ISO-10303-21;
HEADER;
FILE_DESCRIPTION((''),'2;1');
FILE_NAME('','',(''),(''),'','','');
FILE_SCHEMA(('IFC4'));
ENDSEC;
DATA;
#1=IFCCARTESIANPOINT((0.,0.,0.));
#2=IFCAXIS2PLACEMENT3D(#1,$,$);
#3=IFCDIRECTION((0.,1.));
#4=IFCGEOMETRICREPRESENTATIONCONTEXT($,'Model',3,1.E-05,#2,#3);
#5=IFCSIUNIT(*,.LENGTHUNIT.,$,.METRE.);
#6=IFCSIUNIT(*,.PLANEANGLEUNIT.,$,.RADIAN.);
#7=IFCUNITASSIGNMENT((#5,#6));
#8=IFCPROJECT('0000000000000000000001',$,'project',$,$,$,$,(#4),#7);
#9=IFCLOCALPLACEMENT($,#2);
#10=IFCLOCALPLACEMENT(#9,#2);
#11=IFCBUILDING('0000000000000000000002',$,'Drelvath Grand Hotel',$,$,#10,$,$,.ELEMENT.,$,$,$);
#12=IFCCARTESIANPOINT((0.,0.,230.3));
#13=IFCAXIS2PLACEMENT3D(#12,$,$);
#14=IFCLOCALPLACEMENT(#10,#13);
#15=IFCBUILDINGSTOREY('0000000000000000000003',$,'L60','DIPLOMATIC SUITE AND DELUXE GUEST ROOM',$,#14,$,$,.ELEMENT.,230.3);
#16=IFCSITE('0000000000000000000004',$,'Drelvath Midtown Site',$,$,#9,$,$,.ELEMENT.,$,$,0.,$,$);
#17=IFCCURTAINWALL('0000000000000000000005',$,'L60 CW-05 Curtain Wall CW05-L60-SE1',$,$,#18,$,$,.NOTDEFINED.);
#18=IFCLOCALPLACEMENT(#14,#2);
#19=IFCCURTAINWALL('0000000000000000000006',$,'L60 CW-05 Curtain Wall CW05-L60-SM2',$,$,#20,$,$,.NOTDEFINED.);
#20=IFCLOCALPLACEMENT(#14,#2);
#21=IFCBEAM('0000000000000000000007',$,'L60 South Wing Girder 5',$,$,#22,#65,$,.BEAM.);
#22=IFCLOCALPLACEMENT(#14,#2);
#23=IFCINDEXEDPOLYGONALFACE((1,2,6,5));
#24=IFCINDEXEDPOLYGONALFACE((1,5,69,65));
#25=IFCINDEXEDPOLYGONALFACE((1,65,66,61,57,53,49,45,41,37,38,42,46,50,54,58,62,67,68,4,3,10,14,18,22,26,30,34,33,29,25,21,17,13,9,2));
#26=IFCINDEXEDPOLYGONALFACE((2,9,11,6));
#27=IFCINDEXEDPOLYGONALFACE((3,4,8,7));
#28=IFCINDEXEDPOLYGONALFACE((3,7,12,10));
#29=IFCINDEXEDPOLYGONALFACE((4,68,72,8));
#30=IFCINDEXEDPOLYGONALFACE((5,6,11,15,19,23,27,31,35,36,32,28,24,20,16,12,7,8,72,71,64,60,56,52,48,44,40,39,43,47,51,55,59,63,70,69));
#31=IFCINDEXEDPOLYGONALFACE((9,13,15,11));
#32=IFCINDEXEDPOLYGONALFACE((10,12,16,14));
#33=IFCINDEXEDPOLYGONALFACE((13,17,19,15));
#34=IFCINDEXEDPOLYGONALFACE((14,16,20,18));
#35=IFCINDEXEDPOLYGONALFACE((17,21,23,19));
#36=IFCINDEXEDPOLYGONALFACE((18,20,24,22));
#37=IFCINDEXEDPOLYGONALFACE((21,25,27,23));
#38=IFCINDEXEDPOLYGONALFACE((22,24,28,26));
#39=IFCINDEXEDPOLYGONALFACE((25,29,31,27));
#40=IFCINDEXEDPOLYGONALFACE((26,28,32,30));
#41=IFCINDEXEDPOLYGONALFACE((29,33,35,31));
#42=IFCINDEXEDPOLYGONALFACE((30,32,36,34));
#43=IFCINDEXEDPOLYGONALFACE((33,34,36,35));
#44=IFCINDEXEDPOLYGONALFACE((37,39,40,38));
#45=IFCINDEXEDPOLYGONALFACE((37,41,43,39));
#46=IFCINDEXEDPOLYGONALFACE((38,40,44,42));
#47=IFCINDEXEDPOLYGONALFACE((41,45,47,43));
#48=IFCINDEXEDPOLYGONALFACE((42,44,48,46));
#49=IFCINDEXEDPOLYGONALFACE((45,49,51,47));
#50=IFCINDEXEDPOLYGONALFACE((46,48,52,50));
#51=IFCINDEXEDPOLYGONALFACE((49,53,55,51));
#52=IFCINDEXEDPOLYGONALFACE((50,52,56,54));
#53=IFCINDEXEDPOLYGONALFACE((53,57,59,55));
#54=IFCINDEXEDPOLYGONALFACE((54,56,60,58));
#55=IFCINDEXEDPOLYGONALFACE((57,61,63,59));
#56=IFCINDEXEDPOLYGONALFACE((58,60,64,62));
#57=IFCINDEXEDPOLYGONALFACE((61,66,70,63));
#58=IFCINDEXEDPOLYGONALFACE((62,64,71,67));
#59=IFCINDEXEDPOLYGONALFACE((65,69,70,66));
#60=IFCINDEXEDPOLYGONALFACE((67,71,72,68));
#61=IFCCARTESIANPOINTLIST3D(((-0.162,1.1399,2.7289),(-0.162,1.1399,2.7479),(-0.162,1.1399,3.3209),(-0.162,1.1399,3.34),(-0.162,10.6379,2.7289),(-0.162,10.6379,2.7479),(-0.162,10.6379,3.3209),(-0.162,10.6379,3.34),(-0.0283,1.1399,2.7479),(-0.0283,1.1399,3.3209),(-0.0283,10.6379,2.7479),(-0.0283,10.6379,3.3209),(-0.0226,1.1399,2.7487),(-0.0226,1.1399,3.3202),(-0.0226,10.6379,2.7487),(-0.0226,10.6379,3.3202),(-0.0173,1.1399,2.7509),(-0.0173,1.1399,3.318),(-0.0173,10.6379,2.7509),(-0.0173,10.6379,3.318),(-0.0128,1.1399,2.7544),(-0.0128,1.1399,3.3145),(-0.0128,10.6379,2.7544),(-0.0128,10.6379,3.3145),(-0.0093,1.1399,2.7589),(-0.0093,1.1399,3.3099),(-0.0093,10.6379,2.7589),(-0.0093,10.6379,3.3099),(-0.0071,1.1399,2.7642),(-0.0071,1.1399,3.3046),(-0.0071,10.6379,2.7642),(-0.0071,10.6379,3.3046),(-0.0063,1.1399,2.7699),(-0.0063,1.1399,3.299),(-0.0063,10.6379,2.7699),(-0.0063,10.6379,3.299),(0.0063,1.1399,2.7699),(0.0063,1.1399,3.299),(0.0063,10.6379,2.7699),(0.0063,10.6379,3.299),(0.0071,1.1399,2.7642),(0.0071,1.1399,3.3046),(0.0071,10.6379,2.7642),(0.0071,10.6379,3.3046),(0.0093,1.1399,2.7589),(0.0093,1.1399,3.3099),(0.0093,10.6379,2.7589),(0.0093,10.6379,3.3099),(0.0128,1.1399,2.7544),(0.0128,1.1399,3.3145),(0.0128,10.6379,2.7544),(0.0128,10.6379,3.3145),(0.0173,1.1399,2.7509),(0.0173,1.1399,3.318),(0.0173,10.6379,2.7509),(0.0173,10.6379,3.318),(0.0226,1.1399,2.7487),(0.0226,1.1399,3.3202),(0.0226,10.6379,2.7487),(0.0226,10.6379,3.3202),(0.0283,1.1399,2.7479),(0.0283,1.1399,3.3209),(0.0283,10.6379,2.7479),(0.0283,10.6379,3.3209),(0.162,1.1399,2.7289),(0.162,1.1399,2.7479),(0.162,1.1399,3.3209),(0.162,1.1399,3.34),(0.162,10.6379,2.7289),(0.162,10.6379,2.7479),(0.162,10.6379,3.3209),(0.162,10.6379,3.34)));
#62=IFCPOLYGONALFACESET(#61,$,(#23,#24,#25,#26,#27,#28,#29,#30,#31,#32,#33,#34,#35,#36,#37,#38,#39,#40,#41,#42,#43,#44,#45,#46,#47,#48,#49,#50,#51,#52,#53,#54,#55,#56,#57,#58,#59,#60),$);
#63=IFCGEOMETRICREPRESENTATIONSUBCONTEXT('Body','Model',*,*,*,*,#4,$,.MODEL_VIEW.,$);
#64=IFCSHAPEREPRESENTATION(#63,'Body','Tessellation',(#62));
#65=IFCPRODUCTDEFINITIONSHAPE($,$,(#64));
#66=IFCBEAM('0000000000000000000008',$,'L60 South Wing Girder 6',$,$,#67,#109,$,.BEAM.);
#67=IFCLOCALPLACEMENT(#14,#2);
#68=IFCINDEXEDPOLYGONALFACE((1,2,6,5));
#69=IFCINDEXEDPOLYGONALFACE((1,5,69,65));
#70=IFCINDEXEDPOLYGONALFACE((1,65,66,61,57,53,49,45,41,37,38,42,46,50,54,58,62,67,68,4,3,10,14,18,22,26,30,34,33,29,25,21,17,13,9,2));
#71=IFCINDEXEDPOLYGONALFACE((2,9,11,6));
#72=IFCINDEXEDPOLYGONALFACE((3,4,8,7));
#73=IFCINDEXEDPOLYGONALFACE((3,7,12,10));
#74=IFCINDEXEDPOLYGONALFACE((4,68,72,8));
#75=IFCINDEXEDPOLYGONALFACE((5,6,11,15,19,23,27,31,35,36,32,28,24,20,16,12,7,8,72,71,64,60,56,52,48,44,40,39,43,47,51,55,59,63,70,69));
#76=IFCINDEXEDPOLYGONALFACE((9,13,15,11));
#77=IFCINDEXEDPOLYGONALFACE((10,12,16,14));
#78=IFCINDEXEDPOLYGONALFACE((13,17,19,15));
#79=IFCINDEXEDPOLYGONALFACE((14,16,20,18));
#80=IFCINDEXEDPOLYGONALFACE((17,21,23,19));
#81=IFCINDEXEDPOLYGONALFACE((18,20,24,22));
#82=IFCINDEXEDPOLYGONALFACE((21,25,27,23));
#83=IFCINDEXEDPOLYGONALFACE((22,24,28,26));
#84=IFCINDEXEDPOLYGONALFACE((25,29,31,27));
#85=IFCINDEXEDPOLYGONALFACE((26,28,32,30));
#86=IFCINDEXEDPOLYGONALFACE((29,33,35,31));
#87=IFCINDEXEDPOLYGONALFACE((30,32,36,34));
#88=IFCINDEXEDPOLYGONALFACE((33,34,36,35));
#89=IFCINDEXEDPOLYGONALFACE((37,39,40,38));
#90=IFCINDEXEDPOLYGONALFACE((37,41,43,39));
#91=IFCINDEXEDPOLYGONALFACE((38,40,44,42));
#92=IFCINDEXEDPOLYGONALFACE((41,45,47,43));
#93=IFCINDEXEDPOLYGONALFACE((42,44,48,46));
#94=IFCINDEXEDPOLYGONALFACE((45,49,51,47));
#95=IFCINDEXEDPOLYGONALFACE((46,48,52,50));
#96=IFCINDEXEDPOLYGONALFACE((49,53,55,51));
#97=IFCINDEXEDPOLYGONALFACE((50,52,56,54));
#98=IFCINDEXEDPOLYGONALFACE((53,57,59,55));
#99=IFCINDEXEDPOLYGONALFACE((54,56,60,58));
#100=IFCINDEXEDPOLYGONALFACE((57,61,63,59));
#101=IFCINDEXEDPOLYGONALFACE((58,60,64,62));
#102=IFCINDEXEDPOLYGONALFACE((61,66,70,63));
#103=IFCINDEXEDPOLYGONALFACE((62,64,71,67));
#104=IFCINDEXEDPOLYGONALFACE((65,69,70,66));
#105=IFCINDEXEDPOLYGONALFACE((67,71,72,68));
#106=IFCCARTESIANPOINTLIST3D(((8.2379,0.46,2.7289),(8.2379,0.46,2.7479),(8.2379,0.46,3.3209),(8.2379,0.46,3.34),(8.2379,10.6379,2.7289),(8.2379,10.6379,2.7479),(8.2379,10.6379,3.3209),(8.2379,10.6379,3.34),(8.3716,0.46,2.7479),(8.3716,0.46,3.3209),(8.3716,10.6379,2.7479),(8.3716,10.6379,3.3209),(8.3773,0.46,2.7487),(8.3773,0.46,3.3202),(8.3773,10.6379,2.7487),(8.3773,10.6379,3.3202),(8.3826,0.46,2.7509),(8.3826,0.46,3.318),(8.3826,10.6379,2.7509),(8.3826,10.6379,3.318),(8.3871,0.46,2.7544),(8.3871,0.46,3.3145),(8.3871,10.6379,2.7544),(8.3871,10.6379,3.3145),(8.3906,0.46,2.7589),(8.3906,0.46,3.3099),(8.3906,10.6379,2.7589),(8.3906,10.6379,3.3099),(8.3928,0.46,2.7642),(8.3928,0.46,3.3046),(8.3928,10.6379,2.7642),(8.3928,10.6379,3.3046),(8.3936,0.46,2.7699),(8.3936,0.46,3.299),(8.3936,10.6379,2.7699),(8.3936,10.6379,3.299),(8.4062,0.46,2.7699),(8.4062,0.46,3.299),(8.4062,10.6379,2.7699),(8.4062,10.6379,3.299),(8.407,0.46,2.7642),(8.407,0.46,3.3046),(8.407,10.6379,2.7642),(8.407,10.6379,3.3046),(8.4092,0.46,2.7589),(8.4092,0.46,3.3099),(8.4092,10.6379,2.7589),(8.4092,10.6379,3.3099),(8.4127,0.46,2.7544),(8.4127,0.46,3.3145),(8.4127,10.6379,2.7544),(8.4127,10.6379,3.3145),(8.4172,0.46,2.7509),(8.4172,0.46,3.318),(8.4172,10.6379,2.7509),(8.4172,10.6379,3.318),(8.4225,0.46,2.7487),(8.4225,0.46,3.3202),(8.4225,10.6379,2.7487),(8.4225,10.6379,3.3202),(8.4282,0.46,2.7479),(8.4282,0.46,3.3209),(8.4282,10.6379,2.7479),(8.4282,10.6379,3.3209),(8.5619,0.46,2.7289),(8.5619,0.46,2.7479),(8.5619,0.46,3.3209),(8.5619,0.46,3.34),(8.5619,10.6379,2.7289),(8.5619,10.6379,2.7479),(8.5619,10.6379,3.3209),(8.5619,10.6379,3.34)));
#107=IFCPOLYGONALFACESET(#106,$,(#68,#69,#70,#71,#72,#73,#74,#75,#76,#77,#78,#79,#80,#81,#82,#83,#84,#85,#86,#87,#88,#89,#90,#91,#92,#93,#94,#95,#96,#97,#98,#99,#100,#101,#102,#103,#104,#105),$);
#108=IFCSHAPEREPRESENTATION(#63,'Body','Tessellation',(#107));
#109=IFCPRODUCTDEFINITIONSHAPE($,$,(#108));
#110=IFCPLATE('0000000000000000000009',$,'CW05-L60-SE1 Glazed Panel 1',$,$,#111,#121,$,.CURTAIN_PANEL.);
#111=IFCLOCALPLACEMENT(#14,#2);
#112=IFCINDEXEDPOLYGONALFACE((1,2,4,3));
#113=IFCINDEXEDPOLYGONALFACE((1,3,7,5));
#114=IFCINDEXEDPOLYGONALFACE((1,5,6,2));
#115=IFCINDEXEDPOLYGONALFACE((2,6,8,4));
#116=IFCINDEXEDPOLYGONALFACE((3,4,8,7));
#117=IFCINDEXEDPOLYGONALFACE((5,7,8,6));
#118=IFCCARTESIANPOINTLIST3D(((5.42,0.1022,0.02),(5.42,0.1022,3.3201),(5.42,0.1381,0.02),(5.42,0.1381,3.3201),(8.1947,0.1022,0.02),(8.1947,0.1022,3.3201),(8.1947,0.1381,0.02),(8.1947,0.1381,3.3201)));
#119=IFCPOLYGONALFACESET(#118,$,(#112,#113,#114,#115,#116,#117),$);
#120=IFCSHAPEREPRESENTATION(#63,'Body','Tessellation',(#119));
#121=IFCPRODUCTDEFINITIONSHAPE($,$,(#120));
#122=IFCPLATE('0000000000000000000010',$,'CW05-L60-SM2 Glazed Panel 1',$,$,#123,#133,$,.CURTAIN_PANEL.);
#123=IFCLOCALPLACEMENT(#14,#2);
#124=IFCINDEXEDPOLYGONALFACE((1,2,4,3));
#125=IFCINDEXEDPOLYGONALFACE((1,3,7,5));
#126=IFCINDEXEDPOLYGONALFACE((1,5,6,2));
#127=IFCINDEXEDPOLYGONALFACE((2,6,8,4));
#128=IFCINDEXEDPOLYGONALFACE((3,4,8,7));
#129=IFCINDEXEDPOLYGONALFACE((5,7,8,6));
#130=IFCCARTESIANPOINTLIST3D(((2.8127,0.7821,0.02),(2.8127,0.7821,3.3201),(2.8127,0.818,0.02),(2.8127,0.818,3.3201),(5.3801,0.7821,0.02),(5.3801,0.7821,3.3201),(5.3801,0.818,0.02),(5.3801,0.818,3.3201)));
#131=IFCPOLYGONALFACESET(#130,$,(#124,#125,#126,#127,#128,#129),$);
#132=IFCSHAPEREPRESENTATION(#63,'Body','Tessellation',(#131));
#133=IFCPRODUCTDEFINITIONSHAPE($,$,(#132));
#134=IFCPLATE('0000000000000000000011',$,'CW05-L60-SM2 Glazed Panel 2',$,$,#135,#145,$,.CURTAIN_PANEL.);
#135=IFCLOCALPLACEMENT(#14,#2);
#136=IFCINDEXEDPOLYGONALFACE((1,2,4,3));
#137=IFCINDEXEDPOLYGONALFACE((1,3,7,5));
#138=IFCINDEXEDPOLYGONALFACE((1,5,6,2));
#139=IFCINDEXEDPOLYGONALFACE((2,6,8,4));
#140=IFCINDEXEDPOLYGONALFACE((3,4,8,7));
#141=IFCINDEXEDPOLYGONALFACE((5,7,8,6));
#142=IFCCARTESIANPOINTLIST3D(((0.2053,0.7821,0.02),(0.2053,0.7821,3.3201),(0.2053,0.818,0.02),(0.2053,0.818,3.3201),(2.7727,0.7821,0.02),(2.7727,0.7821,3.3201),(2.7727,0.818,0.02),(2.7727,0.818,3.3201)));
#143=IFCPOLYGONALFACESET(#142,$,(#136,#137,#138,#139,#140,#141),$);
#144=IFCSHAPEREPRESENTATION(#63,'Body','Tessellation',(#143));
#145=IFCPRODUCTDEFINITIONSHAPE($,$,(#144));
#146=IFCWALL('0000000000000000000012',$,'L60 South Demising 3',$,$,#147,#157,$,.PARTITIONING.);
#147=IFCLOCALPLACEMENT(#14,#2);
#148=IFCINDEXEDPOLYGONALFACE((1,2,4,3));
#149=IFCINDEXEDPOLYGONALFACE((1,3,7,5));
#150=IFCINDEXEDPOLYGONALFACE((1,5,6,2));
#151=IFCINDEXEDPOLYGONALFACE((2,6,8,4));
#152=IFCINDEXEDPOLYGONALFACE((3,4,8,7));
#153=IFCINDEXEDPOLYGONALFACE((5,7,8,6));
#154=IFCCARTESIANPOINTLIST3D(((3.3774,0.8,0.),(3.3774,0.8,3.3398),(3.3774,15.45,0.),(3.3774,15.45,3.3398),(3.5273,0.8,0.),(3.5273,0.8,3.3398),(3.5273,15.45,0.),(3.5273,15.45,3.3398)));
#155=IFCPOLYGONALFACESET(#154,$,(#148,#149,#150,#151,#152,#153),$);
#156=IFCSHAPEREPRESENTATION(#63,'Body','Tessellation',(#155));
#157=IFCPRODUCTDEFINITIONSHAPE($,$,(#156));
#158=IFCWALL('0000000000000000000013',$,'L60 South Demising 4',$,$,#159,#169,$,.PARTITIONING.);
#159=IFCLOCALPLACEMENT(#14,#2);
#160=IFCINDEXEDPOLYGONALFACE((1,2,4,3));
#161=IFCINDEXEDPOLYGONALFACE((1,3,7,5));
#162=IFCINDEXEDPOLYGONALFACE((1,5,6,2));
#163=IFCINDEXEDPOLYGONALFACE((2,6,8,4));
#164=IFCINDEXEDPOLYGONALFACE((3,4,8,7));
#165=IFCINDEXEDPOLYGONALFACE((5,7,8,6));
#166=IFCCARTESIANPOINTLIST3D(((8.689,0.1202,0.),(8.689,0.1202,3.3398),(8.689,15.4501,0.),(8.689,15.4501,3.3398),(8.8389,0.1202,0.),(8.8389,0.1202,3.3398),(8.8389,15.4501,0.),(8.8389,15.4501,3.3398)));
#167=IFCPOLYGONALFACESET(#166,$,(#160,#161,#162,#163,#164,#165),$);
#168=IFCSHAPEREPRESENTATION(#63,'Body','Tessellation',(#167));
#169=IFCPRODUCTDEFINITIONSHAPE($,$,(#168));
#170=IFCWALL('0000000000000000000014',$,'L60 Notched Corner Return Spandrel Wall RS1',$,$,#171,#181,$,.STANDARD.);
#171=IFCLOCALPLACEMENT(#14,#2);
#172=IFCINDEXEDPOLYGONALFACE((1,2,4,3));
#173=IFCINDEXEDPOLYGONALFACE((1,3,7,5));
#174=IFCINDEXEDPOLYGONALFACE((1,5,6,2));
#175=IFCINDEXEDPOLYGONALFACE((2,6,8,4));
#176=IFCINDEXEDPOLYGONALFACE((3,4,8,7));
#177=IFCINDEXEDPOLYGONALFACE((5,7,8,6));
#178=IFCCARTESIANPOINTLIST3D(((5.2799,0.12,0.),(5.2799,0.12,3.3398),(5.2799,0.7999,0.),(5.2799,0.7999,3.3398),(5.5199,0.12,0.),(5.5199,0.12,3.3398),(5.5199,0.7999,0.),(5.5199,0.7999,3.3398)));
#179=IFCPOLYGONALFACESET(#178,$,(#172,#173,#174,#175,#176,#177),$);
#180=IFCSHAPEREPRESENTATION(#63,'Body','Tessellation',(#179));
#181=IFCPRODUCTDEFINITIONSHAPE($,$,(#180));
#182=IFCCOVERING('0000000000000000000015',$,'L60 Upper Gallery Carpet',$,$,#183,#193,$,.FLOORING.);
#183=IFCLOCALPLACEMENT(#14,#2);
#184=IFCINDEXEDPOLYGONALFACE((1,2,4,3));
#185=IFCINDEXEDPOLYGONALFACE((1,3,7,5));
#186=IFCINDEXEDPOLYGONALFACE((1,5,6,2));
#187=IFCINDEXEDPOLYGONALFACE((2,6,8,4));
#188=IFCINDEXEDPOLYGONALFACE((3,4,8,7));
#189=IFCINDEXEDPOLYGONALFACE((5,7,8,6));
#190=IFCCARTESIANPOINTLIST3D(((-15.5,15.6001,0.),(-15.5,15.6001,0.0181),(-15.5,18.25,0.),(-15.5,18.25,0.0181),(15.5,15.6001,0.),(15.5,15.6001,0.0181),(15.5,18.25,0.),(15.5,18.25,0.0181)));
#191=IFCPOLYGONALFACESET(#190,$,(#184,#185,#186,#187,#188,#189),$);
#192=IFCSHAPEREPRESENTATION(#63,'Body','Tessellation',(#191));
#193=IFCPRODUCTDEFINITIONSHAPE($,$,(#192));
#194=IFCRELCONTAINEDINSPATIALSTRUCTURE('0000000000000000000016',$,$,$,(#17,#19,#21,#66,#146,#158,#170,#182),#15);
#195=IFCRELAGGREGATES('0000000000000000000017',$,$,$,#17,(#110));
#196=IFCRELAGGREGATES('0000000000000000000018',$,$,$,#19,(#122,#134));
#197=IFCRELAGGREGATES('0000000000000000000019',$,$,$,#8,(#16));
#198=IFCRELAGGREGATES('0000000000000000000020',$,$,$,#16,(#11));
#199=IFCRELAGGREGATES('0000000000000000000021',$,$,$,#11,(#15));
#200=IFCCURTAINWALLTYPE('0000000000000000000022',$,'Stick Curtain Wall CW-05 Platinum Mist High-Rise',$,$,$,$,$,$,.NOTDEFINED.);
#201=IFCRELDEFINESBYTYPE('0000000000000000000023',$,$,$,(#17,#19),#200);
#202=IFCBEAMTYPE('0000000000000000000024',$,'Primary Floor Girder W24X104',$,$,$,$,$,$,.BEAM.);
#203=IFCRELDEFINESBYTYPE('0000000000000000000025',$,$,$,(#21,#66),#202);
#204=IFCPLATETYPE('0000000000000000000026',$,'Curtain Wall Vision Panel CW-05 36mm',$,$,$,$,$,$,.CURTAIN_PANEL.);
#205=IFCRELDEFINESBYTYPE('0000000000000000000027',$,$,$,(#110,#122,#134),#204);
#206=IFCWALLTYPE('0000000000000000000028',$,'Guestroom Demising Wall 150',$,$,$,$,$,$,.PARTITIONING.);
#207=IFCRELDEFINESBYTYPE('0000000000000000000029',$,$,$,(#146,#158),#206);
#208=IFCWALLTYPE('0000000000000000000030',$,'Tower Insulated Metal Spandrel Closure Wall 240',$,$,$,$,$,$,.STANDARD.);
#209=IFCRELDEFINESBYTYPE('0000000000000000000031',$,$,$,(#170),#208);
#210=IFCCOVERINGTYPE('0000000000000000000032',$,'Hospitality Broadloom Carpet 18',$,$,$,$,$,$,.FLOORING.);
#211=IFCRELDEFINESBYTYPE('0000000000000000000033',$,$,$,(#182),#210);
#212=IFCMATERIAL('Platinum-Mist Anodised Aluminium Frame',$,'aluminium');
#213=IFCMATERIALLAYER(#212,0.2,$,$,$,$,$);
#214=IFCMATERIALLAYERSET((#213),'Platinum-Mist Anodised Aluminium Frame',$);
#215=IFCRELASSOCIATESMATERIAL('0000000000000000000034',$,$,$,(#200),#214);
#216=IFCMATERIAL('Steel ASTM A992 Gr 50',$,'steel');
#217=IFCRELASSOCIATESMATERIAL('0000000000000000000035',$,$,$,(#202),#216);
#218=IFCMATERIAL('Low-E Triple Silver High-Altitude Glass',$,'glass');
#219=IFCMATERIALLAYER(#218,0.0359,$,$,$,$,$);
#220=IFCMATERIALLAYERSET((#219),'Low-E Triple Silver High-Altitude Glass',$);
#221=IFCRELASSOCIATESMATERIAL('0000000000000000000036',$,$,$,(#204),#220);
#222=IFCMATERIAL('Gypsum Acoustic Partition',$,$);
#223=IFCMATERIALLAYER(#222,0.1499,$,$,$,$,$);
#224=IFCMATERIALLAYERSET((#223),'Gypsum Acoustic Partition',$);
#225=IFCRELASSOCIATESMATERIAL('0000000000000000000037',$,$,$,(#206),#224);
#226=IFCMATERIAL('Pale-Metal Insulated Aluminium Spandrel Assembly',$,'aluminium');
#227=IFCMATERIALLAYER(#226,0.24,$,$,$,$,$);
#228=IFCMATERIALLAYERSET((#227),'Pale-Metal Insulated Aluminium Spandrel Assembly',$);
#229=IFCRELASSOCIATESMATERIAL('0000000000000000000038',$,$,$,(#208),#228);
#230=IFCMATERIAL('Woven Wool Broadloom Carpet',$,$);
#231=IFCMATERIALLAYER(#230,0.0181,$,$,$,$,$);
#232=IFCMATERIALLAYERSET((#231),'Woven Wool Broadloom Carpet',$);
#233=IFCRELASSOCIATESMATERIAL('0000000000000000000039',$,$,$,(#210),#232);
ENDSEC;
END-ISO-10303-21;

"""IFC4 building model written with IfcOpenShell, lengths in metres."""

from ifc_helpers import new_model, si_unit, direction, frame, frame_2d, origin, origin_2d, place, context, subcontext, project, spatial, polyline, rectangle, i_section, outline, extrude, material, layer, layer_set, material_profile, profile_set, type_object, element, aggregate, save


model = new_model("IFC4")

# Units and contexts
model_context = context("Model", 3, precision=1e-05, world=origin(), true_north=direction((0.0, 1.0)))
body_context = subcontext(model_context, "Body", "Model", "MODEL_VIEW")
ifc_project = project(units=[si_unit("LENGTHUNIT", "METRE"), si_unit("PLANEANGLEUNIT", "RADIAN")], contexts=[model_context])

# Site, building, storey
site_placement = place(None, origin())
site = spatial("IfcSite", under=ifc_project, at=site_placement, Name="Drelvath Midtown Site", CompositionType="ELEMENT", RefElevation=0.0)
building_placement = place(site_placement, origin())
building = spatial("IfcBuilding", under=site, at=building_placement, Name="Drelvath Grand Hotel", CompositionType="ELEMENT")
storey_placement = place(building_placement, frame((0.0, 0.0, 230.3)))
storey = spatial("IfcBuildingStorey", under=building, at=storey_placement, Name="L60", Description="DIPLOMATIC SUITE AND DELUXE GUEST ROOM", CompositionType="ELEMENT", Elevation=230.3)

# Curtain walls
ifc_material_1 = material(Name="Platinum-Mist Anodised Aluminium Frame", Category="aluminium")
ifc_layer_1 = layer(ifc_material_1, 0.2)
ifc_layer_set_1 = layer_set([ifc_layer_1], Name="Platinum-Mist Anodised Aluminium Frame")
curtain_wall_type = type_object("IfcCurtainWallType", Name="Stick Curtain Wall CW-05 Platinum Mist High-Rise", PredefinedType="NOTDEFINED", material=ifc_layer_set_1)
curtain_wall_1_placement = place(storey_placement, origin())
curtain_wall_1 = element("IfcCurtainWall", 1, at=curtain_wall_1_placement, inside=storey, type_object=curtain_wall_type, Name="L60 CW-05 Curtain Wall CW05-L60-SE1", PredefinedType="NOTDEFINED")
curtain_wall_2_placement = place(storey_placement, origin())
curtain_wall_2 = element("IfcCurtainWall", 2, at=curtain_wall_2_placement, inside=storey, type_object=curtain_wall_type, Name="L60 CW-05 Curtain Wall CW05-L60-SM2", PredefinedType="NOTDEFINED")

# Beams
ifc_material_2 = material(Name="Steel ASTM A992 Gr 50", Category="steel")
ifc_material_profile_1 = material_profile(ifc_material_2, i_section(OverallWidth=0.324, OverallDepth=0.6111, WebThickness=0.0127, FlangeThickness=0.019, FilletRadius=0.022, at=origin_2d()), Name="W24X104")
ifc_profile_set_1 = profile_set([ifc_material_profile_1], Name="Steel ASTM A992 Gr 50")
beam_type_1 = type_object("IfcBeamType", Name="Primary Floor Girder W24X104", PredefinedType="BEAM", material=ifc_profile_set_1)
beam_1_placement = place(storey_placement, frame((0.0, 1.1399, 3.0344), z_axis=(0.0, 1.0, 0.0), x_axis=(-1.0, 0.0, 0.0)))
element("IfcBeam", 3, at=beam_1_placement, inside=storey, type_object=beam_type_1, Name="L60 South Wing Girder 5", PredefinedType="BEAM", context=body_context, shape_type="SweptSolid", body=[
    extrude(i_section(OverallWidth=0.324, OverallDepth=0.6111, WebThickness=0.0127, FlangeThickness=0.019, FilletRadius=0.022, at=origin_2d()), origin(), (0.0, 0.0, 1.0), 9.498),
])
beam_2_placement = place(storey_placement, frame((8.3999, 0.46, 3.0344), z_axis=(0.0, 1.0, 0.0), x_axis=(-1.0, 0.0, 0.0)))
element("IfcBeam", 4, at=beam_2_placement, inside=storey, type_object=beam_type_1, Name="L60 South Wing Girder 6", PredefinedType="BEAM", context=body_context, shape_type="SweptSolid", body=[
    extrude(i_section(OverallWidth=0.324, OverallDepth=0.6111, WebThickness=0.0127, FlangeThickness=0.019, FilletRadius=0.022, at=origin_2d()), origin(), (0.0, 0.0, 1.0), 10.178),
])

# Plates
ifc_material_3 = material(Name="Low-E Triple Silver High-Altitude Glass", Category="glass")
ifc_layer_2 = layer(ifc_material_3, 0.0359)
ifc_layer_set_2 = layer_set([ifc_layer_2], Name="Low-E Triple Silver High-Altitude Glass")
plate_type = type_object("IfcPlateType", Name="Curtain Wall Vision Panel CW-05 36mm", PredefinedType="CURTAIN_PANEL", material=ifc_layer_set_2)
plate_1_placement = place(storey_placement, frame((6.8074, 0.1201, 0.02), z_axis=(0.0, 0.0, 1.0), x_axis=(-1.0, 0.0, 0.0)))
plate_1 = element("IfcPlate", 5, at=plate_1_placement, type_object=plate_type, Name="CW05-L60-SE1 Glazed Panel 1", PredefinedType="CURTAIN_PANEL", context=body_context, shape_type="SweptSolid", body=[
    extrude(rectangle(XDim=2.7747, YDim=0.0359, at=origin_2d()), origin(), (0.0, 0.0, 1.0), 3.3),
])
aggregate(curtain_wall_1, [plate_1])
plate_2_placement = place(storey_placement, frame((4.0964, 0.8, 0.02), z_axis=(0.0, 0.0, 1.0), x_axis=(-1.0, 0.0, 0.0)))
plate_2 = element("IfcPlate", 6, at=plate_2_placement, type_object=plate_type, Name="CW05-L60-SM2 Glazed Panel 1", PredefinedType="CURTAIN_PANEL", context=body_context, shape_type="SweptSolid", body=[
    extrude(rectangle(XDim=2.5674, YDim=0.0359, at=origin_2d()), origin(), (0.0, 0.0, 1.0), 3.3),
])
plate_3_placement = place(storey_placement, frame((1.489, 0.8, 0.02), z_axis=(0.0, 0.0, 1.0), x_axis=(-1.0, 0.0, 0.0)))
plate_3 = element("IfcPlate", 7, at=plate_3_placement, type_object=plate_type, Name="CW05-L60-SM2 Glazed Panel 2", PredefinedType="CURTAIN_PANEL", context=body_context, shape_type="SweptSolid", body=[
    extrude(rectangle(XDim=2.5674, YDim=0.0359, at=origin_2d()), origin(), (0.0, 0.0, 1.0), 3.3),
])
aggregate(curtain_wall_2, [plate_2, plate_3])

# Walls
ifc_material_4 = material(Name="Gypsum Acoustic Partition")
ifc_layer_3 = layer(ifc_material_4, 0.1499)
ifc_layer_set_3 = layer_set([ifc_layer_3], Name="Gypsum Acoustic Partition")
wall_type_1 = type_object("IfcWallType", Name="Guestroom Demising Wall 150", PredefinedType="PARTITIONING", material=ifc_layer_set_3)
wall_1_placement = place(storey_placement, frame((3.4524, 0.8, 0.0), z_axis=(0.0, 0.0, 1.0), x_axis=(0.0, 1.0, 0.0)))
element("IfcWall", 8, at=wall_1_placement, inside=storey, type_object=wall_type_1, Name="L60 South Demising 3", PredefinedType="PARTITIONING", context=body_context, shape_type="SweptSolid", body=[
    extrude(rectangle(XDim=14.6499, YDim=0.1499, at=frame_2d((7.325, 0.0))), origin(), (0.0, 0.0, 1.0), 3.3398),
])
wall_2_placement = place(storey_placement, frame((8.7639, 0.1201, 0.0), z_axis=(0.0, 0.0, 1.0), x_axis=(0.0, 1.0, 0.0)))
element("IfcWall", 9, at=wall_2_placement, inside=storey, type_object=wall_type_1, Name="L60 South Demising 4", PredefinedType="PARTITIONING", context=body_context, shape_type="SweptSolid", body=[
    extrude(rectangle(XDim=15.3298, YDim=0.1499, at=frame_2d((7.665, 0.0))), origin(), (0.0, 0.0, 1.0), 3.3398),
])
ifc_material_5 = material(Name="Pale-Metal Insulated Aluminium Spandrel Assembly", Category="aluminium")
ifc_layer_4 = layer(ifc_material_5, 0.24)
ifc_layer_set_4 = layer_set([ifc_layer_4], Name="Pale-Metal Insulated Aluminium Spandrel Assembly")
wall_type_2 = type_object("IfcWallType", Name="Tower Insulated Metal Spandrel Closure Wall 240", PredefinedType="STANDARD", material=ifc_layer_set_4)
wall_3_placement = place(storey_placement, frame((5.3999, 0.1201, 0.0), z_axis=(0.0, 0.0, 1.0), x_axis=(0.0, 1.0, 0.0)))
element("IfcWall", 10, at=wall_3_placement, inside=storey, type_object=wall_type_2, Name="L60 Notched Corner Return Spandrel Wall RS1", PredefinedType="STANDARD", context=body_context, shape_type="SweptSolid", body=[
    extrude(rectangle(XDim=0.6799, YDim=0.24, at=frame_2d((0.3398, 0.0))), origin(), (0.0, 0.0, 1.0), 3.3398),
])

# Covering
ifc_material_6 = material(Name="Woven Wool Broadloom Carpet")
ifc_layer_5 = layer(ifc_material_6, 0.0181)
ifc_layer_set_5 = layer_set([ifc_layer_5], Name="Woven Wool Broadloom Carpet")
covering_type = type_object("IfcCoveringType", Name="Hospitality Broadloom Carpet 18", PredefinedType="FLOORING", material=ifc_layer_set_5)
covering_placement = place(storey_placement, origin())
element("IfcCovering", 11, at=covering_placement, inside=storey, type_object=covering_type, Name="L60 Upper Gallery Carpet", PredefinedType="FLOORING", context=body_context, shape_type="SweptSolid", body=[
    extrude(outline(polyline([(15.5, 15.6001), (15.5, 18.25), (-15.5, 18.25), (-15.5, 15.6001), (15.5, 15.6001)])), origin(), (0.0, 0.0, 1.0), 0.0181),
])

save(model, "model.ifc")
